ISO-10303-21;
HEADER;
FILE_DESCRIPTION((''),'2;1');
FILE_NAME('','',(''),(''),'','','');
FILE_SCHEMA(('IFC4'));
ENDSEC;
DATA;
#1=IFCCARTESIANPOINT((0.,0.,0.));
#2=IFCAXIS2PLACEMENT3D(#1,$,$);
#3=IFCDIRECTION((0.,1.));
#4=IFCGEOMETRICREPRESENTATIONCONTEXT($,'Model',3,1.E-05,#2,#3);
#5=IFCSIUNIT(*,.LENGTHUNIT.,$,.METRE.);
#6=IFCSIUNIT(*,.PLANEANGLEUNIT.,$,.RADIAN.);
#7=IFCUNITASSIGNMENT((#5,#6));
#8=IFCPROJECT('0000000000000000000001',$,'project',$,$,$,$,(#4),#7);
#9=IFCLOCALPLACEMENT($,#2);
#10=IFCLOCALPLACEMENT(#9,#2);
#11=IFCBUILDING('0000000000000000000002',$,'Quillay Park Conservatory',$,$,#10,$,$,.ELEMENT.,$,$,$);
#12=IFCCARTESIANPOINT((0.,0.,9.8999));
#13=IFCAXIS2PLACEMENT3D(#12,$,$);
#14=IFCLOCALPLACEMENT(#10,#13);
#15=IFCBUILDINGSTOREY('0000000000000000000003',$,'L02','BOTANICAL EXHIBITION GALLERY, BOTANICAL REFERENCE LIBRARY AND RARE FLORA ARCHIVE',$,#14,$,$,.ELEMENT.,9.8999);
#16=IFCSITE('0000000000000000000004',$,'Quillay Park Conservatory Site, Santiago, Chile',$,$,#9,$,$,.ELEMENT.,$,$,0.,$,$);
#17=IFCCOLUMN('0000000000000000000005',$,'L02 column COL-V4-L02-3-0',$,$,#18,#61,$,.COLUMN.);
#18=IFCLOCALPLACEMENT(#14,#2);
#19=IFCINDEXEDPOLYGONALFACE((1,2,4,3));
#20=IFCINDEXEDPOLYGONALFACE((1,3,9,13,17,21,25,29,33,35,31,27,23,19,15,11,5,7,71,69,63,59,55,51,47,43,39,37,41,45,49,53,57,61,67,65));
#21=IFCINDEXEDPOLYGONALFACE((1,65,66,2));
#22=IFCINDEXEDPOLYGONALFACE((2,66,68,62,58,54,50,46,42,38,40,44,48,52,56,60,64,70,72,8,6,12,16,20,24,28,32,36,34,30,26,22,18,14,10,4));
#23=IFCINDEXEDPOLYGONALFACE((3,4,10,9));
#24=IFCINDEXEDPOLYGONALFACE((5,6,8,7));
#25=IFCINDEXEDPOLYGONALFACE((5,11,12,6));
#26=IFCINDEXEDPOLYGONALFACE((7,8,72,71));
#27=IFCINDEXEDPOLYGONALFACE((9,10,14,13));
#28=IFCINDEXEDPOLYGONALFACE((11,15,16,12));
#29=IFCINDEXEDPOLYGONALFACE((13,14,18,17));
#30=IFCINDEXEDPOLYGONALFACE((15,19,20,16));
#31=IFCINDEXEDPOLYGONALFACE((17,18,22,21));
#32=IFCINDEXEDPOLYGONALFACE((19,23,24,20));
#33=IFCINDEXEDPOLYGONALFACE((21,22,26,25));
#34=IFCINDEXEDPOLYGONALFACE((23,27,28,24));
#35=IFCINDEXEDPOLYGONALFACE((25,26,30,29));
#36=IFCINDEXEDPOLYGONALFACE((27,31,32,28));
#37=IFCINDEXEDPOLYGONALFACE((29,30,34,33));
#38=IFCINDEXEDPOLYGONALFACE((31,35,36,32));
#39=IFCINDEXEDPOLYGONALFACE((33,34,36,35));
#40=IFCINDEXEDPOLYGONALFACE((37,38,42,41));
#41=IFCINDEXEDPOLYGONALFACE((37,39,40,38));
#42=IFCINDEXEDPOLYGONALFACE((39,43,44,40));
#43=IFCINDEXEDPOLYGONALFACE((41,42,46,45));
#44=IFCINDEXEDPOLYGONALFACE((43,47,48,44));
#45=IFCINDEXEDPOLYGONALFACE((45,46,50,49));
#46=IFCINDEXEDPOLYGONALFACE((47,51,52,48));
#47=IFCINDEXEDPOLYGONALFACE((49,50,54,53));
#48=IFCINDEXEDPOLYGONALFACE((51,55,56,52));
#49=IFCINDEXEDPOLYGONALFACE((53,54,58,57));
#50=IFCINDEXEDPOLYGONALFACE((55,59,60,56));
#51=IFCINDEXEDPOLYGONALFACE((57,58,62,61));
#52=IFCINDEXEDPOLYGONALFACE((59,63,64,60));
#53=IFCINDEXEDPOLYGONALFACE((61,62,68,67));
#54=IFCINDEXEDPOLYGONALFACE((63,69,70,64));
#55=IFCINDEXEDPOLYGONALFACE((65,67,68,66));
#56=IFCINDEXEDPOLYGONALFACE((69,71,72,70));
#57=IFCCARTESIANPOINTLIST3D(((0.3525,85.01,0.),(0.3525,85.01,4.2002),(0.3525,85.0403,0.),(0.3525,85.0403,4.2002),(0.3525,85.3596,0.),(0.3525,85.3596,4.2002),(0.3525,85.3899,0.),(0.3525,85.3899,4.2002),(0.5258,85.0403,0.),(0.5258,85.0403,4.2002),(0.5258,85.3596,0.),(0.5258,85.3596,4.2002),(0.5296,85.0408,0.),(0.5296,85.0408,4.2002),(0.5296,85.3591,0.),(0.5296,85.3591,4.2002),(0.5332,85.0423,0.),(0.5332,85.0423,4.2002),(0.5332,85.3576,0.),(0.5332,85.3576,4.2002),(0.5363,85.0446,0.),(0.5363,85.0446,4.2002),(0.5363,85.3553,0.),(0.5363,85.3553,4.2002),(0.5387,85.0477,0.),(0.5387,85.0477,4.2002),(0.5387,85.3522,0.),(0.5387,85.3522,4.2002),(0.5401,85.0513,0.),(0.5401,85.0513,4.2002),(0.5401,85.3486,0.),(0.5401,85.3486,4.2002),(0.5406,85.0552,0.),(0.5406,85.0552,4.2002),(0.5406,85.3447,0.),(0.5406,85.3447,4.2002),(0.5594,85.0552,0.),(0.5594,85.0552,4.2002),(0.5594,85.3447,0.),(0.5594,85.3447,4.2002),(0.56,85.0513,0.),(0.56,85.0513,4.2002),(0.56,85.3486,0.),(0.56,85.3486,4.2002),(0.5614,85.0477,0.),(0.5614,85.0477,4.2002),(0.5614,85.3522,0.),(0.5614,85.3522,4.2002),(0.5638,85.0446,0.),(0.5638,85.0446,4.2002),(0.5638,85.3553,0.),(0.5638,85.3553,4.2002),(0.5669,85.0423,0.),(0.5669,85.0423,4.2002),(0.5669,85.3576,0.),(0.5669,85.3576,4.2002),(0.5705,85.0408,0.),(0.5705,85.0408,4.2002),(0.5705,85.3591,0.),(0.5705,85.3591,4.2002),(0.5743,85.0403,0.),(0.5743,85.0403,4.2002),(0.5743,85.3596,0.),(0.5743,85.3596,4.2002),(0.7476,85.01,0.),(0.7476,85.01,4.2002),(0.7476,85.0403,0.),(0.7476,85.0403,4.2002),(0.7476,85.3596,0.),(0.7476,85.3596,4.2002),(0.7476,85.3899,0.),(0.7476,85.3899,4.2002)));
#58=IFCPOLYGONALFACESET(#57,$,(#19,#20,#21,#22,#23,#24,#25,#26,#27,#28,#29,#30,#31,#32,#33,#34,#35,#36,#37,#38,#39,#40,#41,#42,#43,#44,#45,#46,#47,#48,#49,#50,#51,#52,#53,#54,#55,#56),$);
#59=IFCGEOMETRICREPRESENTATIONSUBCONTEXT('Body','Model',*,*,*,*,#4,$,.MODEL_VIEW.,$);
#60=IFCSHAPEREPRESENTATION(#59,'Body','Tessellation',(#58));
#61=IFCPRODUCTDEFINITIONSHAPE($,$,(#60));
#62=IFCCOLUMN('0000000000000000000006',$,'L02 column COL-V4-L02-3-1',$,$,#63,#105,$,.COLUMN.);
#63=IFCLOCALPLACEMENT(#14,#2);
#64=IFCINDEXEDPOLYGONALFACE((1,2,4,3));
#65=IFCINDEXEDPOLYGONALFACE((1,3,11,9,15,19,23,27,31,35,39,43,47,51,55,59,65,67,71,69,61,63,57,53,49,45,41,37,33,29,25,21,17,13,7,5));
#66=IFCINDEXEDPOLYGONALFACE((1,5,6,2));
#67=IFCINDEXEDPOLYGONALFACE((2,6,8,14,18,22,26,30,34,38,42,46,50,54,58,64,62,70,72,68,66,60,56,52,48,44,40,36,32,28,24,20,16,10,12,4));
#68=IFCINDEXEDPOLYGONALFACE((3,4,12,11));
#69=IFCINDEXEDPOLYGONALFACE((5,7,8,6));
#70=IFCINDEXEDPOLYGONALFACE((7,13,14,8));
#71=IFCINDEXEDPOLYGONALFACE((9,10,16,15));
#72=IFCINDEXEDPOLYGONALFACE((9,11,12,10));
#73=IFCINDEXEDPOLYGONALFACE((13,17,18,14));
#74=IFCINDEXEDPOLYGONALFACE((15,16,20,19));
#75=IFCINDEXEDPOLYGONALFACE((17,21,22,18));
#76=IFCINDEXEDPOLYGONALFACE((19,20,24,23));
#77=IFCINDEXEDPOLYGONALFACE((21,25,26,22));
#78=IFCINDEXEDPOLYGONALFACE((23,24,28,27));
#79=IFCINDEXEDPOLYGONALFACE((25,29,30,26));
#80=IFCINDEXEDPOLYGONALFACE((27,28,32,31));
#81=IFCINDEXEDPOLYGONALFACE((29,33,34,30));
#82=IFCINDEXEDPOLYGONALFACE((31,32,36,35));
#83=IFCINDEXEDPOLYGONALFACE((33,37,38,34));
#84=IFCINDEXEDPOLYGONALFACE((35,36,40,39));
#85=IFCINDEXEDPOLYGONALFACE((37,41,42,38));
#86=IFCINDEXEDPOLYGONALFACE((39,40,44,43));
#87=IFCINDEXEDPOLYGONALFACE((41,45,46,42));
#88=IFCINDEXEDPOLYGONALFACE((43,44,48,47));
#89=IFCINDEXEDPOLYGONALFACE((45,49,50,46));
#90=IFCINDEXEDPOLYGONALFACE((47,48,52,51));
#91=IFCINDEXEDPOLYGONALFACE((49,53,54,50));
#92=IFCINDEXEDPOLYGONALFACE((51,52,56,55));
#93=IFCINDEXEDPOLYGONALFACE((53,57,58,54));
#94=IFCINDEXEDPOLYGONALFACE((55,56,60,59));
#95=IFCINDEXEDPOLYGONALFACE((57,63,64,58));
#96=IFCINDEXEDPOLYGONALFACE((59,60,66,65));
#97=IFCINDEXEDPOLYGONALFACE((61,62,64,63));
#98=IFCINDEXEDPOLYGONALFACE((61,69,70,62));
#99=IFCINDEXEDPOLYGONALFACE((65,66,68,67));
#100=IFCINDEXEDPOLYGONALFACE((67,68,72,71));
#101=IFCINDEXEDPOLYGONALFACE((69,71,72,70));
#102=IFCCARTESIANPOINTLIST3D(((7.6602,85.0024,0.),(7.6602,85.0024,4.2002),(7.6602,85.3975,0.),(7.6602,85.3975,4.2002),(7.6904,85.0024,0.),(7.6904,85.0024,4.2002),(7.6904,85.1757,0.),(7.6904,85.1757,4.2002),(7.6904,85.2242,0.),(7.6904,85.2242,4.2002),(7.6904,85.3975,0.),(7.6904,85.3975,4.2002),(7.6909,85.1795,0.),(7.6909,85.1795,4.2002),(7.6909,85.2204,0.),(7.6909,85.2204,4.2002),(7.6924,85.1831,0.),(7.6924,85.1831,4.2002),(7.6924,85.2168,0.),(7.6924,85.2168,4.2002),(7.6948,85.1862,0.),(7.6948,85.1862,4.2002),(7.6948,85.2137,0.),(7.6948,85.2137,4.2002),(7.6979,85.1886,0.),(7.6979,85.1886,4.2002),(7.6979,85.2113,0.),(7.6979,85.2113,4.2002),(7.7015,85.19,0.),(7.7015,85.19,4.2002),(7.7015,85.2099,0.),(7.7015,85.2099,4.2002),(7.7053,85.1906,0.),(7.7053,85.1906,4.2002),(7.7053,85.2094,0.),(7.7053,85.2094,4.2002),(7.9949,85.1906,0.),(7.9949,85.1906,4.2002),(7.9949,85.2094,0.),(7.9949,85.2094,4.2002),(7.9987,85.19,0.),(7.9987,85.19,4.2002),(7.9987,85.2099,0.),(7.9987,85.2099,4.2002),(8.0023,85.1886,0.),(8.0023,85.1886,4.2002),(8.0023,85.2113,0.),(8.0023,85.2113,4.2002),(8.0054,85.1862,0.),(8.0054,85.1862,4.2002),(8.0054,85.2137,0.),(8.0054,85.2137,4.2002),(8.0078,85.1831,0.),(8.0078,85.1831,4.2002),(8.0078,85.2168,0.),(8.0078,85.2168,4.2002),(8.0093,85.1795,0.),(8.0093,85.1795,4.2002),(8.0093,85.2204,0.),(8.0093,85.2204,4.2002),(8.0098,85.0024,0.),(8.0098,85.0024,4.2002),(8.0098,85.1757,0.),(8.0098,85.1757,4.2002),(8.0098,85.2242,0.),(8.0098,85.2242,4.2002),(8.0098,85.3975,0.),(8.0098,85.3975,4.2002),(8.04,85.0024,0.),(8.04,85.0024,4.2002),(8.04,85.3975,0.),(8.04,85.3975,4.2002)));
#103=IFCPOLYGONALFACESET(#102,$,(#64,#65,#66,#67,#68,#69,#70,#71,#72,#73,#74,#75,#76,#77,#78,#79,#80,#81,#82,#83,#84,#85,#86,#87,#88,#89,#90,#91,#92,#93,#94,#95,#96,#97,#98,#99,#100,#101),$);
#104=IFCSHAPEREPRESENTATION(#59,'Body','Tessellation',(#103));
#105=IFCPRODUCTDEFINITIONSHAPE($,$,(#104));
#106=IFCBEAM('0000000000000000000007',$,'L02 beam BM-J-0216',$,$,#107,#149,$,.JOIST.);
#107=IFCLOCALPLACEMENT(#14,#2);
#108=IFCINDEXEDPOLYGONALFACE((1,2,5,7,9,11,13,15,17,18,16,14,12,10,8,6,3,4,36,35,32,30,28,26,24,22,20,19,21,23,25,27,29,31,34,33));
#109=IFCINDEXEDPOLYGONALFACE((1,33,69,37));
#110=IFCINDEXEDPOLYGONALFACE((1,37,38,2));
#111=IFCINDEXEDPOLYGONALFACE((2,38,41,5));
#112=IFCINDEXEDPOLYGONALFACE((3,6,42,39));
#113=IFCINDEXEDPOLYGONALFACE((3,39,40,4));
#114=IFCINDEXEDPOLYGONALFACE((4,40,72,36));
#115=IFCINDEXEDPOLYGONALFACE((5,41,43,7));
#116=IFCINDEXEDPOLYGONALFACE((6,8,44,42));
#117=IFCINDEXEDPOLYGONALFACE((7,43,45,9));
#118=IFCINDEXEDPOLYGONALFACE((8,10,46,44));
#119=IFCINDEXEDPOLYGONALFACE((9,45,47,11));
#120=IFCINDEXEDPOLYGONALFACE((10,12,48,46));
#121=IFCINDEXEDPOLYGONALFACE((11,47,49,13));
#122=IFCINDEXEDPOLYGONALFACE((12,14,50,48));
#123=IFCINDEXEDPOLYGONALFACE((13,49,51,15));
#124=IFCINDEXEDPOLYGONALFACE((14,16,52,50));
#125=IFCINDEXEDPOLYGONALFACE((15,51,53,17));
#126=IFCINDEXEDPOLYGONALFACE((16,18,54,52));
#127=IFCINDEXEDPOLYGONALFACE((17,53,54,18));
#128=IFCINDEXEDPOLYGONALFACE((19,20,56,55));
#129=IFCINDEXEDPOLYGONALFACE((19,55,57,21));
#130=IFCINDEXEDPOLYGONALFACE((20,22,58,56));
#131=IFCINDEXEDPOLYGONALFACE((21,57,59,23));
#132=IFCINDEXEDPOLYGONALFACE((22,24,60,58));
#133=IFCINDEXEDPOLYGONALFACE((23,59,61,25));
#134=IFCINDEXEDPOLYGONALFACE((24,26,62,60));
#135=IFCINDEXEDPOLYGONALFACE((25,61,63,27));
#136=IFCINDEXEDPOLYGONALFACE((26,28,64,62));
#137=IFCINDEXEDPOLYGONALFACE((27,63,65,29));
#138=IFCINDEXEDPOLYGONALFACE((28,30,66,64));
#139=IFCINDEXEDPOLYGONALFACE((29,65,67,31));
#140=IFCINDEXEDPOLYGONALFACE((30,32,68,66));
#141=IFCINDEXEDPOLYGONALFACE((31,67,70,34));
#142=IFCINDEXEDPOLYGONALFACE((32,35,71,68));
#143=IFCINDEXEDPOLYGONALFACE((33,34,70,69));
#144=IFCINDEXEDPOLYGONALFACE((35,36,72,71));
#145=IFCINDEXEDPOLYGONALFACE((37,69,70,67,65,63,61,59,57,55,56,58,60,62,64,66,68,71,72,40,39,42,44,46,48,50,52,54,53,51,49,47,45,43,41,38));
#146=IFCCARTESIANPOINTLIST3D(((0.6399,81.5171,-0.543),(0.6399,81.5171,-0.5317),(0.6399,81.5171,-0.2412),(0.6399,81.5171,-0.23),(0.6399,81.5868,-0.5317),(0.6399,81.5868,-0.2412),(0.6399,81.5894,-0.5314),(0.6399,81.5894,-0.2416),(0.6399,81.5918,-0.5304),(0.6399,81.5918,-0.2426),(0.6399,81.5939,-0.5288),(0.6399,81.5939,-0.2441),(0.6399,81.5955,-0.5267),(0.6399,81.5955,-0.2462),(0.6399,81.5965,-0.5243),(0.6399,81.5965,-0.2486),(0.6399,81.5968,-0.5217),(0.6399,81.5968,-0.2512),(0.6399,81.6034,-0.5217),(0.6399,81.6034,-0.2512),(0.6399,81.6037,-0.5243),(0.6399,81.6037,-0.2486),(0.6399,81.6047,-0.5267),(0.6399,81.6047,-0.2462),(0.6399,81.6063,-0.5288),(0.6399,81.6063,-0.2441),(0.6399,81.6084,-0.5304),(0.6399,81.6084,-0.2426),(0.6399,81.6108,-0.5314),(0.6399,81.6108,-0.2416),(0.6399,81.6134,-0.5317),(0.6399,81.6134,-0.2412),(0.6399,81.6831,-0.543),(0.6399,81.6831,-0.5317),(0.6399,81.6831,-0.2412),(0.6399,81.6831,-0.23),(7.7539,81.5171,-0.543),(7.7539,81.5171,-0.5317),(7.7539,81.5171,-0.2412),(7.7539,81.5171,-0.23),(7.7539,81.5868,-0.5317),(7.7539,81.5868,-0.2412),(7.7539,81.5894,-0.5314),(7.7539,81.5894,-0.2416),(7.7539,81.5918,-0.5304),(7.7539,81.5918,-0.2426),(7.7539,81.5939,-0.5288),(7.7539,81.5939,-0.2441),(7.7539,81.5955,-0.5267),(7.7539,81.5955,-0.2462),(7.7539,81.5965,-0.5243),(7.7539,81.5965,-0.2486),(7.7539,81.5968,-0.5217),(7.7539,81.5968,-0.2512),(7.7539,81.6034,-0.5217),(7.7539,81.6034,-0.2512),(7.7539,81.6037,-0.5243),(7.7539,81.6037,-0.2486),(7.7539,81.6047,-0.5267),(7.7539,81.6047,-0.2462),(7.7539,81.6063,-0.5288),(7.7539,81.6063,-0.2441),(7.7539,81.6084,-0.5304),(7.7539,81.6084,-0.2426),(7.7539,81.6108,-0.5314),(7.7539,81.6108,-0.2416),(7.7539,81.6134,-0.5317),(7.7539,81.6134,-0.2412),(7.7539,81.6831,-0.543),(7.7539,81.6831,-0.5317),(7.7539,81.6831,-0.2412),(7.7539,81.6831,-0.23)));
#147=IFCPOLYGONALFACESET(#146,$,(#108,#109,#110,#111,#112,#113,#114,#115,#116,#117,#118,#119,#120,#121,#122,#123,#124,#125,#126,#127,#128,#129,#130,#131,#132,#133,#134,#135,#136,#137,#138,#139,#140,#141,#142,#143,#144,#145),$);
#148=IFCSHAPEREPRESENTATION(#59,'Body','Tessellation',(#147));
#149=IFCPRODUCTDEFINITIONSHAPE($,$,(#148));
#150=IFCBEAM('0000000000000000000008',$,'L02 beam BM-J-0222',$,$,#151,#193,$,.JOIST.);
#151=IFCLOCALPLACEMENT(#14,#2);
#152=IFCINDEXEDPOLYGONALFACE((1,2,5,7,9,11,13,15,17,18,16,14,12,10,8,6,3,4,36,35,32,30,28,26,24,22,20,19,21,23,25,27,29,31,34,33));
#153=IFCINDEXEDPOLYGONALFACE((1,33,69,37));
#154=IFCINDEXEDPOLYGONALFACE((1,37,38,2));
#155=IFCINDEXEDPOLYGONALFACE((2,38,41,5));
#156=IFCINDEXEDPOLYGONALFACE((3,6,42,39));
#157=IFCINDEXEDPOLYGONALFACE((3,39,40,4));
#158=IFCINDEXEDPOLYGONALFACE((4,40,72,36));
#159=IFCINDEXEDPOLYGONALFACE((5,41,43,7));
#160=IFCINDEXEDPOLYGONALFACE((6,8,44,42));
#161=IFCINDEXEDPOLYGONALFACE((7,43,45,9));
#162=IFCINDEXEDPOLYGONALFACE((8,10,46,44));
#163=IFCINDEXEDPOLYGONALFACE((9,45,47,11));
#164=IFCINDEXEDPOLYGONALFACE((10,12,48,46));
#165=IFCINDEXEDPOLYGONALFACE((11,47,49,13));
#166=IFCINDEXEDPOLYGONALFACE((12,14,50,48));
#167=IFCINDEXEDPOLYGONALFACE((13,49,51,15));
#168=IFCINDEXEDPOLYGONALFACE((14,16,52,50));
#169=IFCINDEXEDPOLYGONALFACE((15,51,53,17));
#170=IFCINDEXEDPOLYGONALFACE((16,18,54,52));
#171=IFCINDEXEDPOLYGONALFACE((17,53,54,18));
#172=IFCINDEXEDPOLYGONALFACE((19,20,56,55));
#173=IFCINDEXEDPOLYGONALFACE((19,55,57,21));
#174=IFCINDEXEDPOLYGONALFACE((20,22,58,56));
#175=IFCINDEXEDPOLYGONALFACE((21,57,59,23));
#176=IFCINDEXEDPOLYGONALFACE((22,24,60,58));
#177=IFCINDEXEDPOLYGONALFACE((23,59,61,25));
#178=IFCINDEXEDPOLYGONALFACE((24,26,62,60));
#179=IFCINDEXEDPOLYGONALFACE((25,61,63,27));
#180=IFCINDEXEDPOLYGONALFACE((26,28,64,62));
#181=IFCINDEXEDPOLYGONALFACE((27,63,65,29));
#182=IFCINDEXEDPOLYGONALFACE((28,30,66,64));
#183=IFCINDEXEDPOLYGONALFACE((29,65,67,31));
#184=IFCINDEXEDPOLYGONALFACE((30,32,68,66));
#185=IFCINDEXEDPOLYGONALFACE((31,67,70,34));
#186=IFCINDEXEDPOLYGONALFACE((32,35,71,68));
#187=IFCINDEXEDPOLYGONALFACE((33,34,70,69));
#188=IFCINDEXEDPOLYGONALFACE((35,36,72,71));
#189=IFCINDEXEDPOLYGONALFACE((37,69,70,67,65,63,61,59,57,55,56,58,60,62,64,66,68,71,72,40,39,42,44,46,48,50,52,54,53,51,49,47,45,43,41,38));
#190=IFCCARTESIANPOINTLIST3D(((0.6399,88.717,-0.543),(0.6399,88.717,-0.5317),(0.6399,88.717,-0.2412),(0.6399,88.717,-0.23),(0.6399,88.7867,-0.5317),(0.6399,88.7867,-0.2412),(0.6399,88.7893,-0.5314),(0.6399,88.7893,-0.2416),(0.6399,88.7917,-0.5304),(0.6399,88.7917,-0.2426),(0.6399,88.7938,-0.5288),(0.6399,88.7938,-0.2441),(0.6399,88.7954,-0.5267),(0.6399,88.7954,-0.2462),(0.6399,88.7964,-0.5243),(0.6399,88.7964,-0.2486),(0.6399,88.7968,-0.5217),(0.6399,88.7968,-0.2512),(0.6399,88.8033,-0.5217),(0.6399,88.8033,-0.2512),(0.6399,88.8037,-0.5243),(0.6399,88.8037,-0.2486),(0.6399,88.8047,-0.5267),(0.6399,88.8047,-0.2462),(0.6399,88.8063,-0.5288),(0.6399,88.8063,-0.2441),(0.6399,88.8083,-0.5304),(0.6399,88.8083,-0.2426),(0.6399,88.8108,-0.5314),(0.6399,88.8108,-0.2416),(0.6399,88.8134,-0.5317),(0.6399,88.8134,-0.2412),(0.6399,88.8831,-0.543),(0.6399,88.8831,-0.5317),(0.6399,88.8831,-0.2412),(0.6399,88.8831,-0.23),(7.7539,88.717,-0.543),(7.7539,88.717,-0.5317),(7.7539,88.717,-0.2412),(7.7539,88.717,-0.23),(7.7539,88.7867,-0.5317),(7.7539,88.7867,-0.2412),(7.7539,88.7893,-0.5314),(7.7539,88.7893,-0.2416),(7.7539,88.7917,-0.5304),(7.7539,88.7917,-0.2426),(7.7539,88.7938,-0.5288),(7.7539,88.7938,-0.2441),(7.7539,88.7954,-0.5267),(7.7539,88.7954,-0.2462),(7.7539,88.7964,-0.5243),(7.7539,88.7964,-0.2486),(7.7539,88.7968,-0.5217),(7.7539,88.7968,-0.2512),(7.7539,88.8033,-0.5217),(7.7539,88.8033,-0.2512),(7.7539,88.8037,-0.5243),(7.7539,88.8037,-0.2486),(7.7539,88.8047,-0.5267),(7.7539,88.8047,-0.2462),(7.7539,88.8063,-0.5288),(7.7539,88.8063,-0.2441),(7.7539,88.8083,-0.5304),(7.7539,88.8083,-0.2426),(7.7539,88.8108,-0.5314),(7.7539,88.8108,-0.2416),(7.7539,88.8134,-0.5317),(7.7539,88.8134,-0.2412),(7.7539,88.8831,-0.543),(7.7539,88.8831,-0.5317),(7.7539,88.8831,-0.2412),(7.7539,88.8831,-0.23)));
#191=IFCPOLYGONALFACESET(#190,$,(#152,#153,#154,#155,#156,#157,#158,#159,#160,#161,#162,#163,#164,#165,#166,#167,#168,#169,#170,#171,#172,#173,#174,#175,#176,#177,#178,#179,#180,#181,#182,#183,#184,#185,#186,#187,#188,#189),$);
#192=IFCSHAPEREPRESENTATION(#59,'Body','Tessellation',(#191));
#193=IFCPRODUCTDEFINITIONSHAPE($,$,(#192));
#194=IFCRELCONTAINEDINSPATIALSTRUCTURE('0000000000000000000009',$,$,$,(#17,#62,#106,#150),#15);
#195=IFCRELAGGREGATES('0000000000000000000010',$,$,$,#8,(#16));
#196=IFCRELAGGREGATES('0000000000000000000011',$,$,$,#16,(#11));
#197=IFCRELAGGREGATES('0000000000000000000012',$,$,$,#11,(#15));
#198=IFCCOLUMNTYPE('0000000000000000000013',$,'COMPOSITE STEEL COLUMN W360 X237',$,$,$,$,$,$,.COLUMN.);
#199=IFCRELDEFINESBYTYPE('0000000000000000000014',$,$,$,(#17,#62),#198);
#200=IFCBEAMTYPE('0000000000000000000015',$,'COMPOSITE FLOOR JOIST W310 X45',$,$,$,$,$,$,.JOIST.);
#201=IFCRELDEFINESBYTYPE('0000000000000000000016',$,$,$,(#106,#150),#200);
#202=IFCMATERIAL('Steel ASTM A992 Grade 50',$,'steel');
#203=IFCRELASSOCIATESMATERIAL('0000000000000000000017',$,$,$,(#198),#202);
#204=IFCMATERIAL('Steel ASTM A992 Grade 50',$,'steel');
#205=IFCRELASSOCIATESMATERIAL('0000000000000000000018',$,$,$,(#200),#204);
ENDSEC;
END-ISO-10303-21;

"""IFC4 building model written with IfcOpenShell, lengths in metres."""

from ifc_helpers import new_model, si_unit, direction, frame, origin, origin_2d, place, context, subcontext, project, spatial, i_section, extrude, material, material_profile, profile_set, type_object, element, save


model = new_model("IFC4")

# Units and contexts
model_context = context("Model", 3, precision=1e-05, world=origin(), true_north=direction((0.0, 1.0)))
body_context = subcontext(model_context, "Body", "Model", "MODEL_VIEW")
ifc_project = project(units=[si_unit("LENGTHUNIT", "METRE"), si_unit("PLANEANGLEUNIT", "RADIAN")], contexts=[model_context])

# Site, building, storey
site_placement = place(None, origin())
site = spatial("IfcSite", under=ifc_project, at=site_placement, Name="Quillay Park Conservatory Site, Santiago, Chile", CompositionType="ELEMENT", RefElevation=0.0)
building_placement = place(site_placement, origin())
building = spatial("IfcBuilding", under=site, at=building_placement, Name="Quillay Park Conservatory", CompositionType="ELEMENT")
storey_placement = place(building_placement, frame((0.0, 0.0, 9.8999)))
storey = spatial("IfcBuildingStorey", under=building, at=storey_placement, Name="L02", Description="BOTANICAL EXHIBITION GALLERY, BOTANICAL REFERENCE LIBRARY AND RARE FLORA ARCHIVE", CompositionType="ELEMENT", Elevation=9.8999)

# Columns
ifc_material_1 = material(Name="Steel ASTM A992 Grade 50", Category="steel")
ifc_material_profile_1 = material_profile(ifc_material_1, i_section(OverallWidth=0.395, OverallDepth=0.3799, WebThickness=0.0188, FlangeThickness=0.0303, FilletRadius=0.0149, at=origin_2d()), Name="W360x237")
ifc_profile_set_1 = profile_set([ifc_material_profile_1], Name="Steel ASTM A992 Grade 50")
column_type = type_object("IfcColumnType", Name="COMPOSITE STEEL COLUMN W360 X237", PredefinedType="COLUMN", material=ifc_profile_set_1)
for number, where, z_axis, x_axis, name in (
    (1, (0.55, 85.2, 0.0), (0.0, 0.0, 1.0), (1.0, 0.0, 0.0), "L02 column COL-V4-L02-3-0"),
    (2, (7.8501, 85.2, 0.0), (0.0, 0.0, 1.0), (0.0, 1.0, 0.0), "L02 column COL-V4-L02-3-1"),
):
    element("IfcColumn", number, at=place(storey_placement, frame(where, z_axis=z_axis, x_axis=x_axis)), inside=storey, type_object=column_type, Name=name, PredefinedType="COLUMN", context=body_context, shape_type="SweptSolid", body=[
        extrude(i_section(OverallWidth=0.395, OverallDepth=0.3799, WebThickness=0.0188, FlangeThickness=0.0303, FilletRadius=0.0149, at=origin_2d()), origin(), (0.0, 0.0, 1.0), 4.2002),
    ])

# Beams
ifc_material_2 = material(Name="Steel ASTM A992 Grade 50", Category="steel")
ifc_material_profile_2 = material_profile(ifc_material_2, i_section(OverallWidth=0.166, OverallDepth=0.313, WebThickness=0.0066, FlangeThickness=0.0112, FilletRadius=0.01, at=origin_2d()), Name="W310x45")
ifc_profile_set_2 = profile_set([ifc_material_profile_2], Name="Steel ASTM A992 Grade 50")
beam_type_1 = type_object("IfcBeamType", Name="COMPOSITE FLOOR JOIST W310 X45", PredefinedType="JOIST", material=ifc_profile_set_2)
for number, where, z_axis, x_axis, name in (
    (3, (0.6399, 81.6001, -0.3865), (1.0, 0.0, 0.0), (0.0, 1.0, 0.0), "L02 beam BM-J-0216"),
    (4, (0.6399, 88.8, -0.3865), (1.0, 0.0, 0.0), (0.0, 1.0, 0.0), "L02 beam BM-J-0222"),
):
    element("IfcBeam", number, at=place(storey_placement, frame(where, z_axis=z_axis, x_axis=x_axis)), inside=storey, type_object=beam_type_1, Name=name, PredefinedType="JOIST", context=body_context, shape_type="SweptSolid", body=[
        extrude(i_section(OverallWidth=0.166, OverallDepth=0.313, WebThickness=0.0066, FlangeThickness=0.0112, FilletRadius=0.01, at=origin_2d()), origin(), (0.0, 0.0, 1.0), 7.114),
    ])

save(model, "model.ifc")
